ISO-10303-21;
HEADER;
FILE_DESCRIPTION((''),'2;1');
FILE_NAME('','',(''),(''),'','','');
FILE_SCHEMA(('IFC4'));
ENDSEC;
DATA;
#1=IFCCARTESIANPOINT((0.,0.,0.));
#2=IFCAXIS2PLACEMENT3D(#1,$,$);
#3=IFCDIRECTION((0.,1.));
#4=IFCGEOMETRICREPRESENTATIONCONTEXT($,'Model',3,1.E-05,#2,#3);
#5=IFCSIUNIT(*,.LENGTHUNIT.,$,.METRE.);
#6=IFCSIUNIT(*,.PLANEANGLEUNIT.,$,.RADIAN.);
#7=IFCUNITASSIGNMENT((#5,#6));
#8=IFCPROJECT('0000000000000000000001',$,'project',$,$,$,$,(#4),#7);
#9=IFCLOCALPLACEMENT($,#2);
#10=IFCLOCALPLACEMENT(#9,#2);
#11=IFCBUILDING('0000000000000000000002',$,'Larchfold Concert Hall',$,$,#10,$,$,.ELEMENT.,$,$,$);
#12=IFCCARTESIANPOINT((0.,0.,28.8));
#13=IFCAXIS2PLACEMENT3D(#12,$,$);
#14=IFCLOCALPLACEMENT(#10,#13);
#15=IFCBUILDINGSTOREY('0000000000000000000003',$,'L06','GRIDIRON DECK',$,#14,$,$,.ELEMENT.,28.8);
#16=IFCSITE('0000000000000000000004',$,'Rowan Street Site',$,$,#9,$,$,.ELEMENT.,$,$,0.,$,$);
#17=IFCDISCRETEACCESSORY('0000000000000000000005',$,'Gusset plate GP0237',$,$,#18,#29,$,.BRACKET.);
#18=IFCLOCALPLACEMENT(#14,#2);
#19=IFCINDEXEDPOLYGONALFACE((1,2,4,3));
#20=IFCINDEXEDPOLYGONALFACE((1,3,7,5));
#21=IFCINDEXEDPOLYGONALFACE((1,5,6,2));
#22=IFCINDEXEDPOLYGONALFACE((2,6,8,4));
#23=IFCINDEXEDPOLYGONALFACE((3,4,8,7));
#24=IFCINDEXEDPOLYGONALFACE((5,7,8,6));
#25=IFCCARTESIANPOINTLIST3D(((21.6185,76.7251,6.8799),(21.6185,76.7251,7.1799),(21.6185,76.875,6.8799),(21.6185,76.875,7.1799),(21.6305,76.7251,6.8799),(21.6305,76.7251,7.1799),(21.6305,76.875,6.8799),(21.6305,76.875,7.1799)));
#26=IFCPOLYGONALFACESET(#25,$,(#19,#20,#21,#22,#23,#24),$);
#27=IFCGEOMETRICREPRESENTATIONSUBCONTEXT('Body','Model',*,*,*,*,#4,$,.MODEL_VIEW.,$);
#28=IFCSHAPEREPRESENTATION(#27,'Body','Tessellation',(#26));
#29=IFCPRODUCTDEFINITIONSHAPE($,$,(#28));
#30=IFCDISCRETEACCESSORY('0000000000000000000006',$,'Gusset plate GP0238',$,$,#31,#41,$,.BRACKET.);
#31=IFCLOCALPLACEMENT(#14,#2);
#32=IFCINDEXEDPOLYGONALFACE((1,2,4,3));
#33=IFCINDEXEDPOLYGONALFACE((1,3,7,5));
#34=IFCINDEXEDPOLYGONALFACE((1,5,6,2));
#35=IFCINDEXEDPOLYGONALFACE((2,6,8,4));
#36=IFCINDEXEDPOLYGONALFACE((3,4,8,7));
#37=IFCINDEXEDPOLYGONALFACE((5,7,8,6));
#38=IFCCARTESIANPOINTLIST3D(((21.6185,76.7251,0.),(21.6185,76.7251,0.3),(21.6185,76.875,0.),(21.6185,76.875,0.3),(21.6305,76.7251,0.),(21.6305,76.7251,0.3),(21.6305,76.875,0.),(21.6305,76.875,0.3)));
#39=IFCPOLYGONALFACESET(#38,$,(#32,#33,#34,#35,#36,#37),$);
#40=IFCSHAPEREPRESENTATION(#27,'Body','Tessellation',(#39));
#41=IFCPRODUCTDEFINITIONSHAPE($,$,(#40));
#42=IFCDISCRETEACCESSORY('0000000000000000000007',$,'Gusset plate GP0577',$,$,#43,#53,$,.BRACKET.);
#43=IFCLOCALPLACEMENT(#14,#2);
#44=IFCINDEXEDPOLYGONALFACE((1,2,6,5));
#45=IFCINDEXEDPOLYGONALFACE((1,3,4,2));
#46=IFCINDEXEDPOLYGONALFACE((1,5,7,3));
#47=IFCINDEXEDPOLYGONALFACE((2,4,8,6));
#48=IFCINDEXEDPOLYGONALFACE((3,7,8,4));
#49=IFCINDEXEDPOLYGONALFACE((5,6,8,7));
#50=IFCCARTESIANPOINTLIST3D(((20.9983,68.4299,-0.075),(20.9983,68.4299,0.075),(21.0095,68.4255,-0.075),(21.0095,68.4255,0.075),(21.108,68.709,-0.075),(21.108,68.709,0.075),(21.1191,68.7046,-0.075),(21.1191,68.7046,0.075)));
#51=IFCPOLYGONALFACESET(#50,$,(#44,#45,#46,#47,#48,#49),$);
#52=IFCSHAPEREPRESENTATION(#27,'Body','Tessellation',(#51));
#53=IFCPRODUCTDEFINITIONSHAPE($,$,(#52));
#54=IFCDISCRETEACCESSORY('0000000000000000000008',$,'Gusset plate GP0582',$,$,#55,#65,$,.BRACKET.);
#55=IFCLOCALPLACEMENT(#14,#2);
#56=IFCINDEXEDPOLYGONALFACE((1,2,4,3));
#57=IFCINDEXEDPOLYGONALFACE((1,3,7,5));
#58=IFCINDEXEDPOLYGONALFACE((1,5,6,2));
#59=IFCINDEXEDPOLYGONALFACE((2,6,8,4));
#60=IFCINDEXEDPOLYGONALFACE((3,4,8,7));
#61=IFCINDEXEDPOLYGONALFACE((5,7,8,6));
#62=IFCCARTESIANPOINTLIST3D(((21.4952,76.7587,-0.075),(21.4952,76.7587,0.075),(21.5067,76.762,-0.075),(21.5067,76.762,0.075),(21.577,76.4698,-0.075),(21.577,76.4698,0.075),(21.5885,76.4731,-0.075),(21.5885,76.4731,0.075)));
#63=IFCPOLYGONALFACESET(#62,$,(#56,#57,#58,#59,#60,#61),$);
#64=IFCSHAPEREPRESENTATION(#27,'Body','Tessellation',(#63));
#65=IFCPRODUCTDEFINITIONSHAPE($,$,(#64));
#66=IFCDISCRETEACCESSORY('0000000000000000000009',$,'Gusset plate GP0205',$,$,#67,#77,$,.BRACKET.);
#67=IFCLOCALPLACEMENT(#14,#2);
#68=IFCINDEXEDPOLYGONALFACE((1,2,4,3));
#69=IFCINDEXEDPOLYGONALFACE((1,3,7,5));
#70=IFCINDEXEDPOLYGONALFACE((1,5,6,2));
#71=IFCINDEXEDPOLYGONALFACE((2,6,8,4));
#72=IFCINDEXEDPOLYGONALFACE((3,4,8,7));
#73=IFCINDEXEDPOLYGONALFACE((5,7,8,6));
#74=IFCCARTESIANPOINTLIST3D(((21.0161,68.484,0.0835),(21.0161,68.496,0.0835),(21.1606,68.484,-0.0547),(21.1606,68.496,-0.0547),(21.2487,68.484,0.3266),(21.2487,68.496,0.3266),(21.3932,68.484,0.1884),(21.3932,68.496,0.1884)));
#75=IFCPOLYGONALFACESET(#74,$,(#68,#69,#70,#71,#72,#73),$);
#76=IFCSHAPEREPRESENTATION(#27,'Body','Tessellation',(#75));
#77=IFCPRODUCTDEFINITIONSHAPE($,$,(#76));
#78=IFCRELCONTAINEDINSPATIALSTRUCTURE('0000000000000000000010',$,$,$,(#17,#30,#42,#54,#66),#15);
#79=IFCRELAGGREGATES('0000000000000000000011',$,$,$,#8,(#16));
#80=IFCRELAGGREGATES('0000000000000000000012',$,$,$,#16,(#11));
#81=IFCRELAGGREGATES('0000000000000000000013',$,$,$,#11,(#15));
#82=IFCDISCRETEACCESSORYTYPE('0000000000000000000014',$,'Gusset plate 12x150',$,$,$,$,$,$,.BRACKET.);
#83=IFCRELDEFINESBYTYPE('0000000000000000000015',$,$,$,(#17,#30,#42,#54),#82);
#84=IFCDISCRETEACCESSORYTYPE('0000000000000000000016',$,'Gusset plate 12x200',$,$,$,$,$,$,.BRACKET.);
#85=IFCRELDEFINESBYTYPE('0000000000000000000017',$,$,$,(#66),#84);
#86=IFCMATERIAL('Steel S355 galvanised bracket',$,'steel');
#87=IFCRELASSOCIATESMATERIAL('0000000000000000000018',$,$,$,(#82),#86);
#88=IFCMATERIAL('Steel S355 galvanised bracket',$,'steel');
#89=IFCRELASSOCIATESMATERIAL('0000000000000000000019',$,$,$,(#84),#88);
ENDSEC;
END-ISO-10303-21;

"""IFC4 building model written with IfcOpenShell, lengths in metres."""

from ifc_helpers import new_model, si_unit, direction, frame, origin, origin_2d, place, context, subcontext, project, spatial, rectangle, extrude, material, material_profile, profile_set, type_object, element, save


model = new_model("IFC4")

# Units and contexts
model_context = context("Model", 3, precision=1e-05, world=origin(), true_north=direction((0.0, 1.0)))
body_context = subcontext(model_context, "Body", "Model", "MODEL_VIEW")
ifc_project = project(units=[si_unit("LENGTHUNIT", "METRE"), si_unit("PLANEANGLEUNIT", "RADIAN")], contexts=[model_context])

# Site, building, storey
site_placement = place(None, origin())
site = spatial("IfcSite", under=ifc_project, at=site_placement, Name="Rowan Street Site", CompositionType="ELEMENT", RefElevation=0.0)
building_placement = place(site_placement, origin())
building = spatial("IfcBuilding", under=site, at=building_placement, Name="Larchfold Concert Hall", CompositionType="ELEMENT")
storey_placement = place(building_placement, frame((0.0, 0.0, 28.8)))
storey = spatial("IfcBuildingStorey", under=building, at=storey_placement, Name="L06", Description="GRIDIRON DECK", CompositionType="ELEMENT", Elevation=28.8)

# Discrete accessories
ifc_material_1 = material(Name="Steel S355 galvanised bracket", Category="steel")
ifc_material_profile_1 = material_profile(ifc_material_1, rectangle(XDim=0.012, YDim=0.1499, at=origin_2d()))
ifc_profile_set_1 = profile_set([ifc_material_profile_1], Name="Steel S355 galvanised bracket")
discrete_accessory_type_1 = type_object("IfcDiscreteAccessoryType", Name="Gusset plate 12x150", PredefinedType="BRACKET", material=ifc_profile_set_1)
for number, where, z_axis, x_axis, name in (
    (1, (21.6245, 76.8, 7.1799), (0.0, 0.0, -1.0), (1.0, 0.0, 0.0), "Gusset plate GP0237"),
    (2, (21.6245, 76.8, 0.3), (0.0, 0.0, -1.0), (1.0, 0.0, 0.0), "Gusset plate GP0238"),
):
    element("IfcDiscreteAccessory", number, at=place(storey_placement, frame(where, z_axis=z_axis, x_axis=x_axis)), inside=storey, type_object=discrete_accessory_type_1, Name=name, PredefinedType="BRACKET", context=body_context, shape_type="SweptSolid", body=[
        extrude(rectangle(XDim=0.012, YDim=0.1499, at=origin_2d()), origin(), (0.0, 0.0, 1.0), 0.3),
    ])
discrete_accessory_1_placement = place(storey_placement, frame((21.0039, 68.4277, 0.0), z_axis=(0.365627, 0.930761, 0.0), x_axis=(-0.930761, 0.365627, 0.0)))
element("IfcDiscreteAccessory", 3, at=discrete_accessory_1_placement, inside=storey, type_object=discrete_accessory_type_1, Name="Gusset plate GP0577", PredefinedType="BRACKET", context=body_context, shape_type="SweptSolid", body=[
    extrude(rectangle(XDim=0.012, YDim=0.1499, at=origin_2d()), origin(), (0.0, 0.0, 1.0), 0.2998),
])
discrete_accessory_2_placement = place(storey_placement, frame((21.5828, 76.4714, 0.0), z_axis=(-0.272465, 0.962166, 0.0), x_axis=(-0.962166, -0.272465, 0.0)))
element("IfcDiscreteAccessory", 4, at=discrete_accessory_2_placement, inside=storey, type_object=discrete_accessory_type_1, Name="Gusset plate GP0582", PredefinedType="BRACKET", context=body_context, shape_type="SweptSolid", body=[
    extrude(rectangle(XDim=0.012, YDim=0.1499, at=origin_2d()), origin(), (0.0, 0.0, 1.0), 0.3003),
])
ifc_material_2 = material(Name="Steel S355 galvanised bracket", Category="steel")
ifc_material_profile_2 = material_profile(ifc_material_2, rectangle(XDim=0.012, YDim=0.2, at=origin_2d()))
ifc_profile_set_2 = profile_set([ifc_material_profile_2], Name="Steel S355 galvanised bracket")
discrete_accessory_type_2 = type_object("IfcDiscreteAccessoryType", Name="Gusset plate 12x200", PredefinedType="BRACKET", material=ifc_profile_set_2)
discrete_accessory_3_placement = place(storey_placement, frame((21.0884, 68.49, 0.0144), z_axis=(0.691338, 0.0, 0.722532), x_axis=(0.0, 1.0, 0.0)))
element("IfcDiscreteAccessory", 5, at=discrete_accessory_3_placement, inside=storey, type_object=discrete_accessory_type_2, Name="Gusset plate GP0205", PredefinedType="BRACKET", context=body_context, shape_type="SweptSolid", body=[
    extrude(rectangle(XDim=0.012, YDim=0.2, at=origin_2d()), origin(), (0.0, 0.0, 1.0), 0.3364),
])

save(model, "model.ifc")
